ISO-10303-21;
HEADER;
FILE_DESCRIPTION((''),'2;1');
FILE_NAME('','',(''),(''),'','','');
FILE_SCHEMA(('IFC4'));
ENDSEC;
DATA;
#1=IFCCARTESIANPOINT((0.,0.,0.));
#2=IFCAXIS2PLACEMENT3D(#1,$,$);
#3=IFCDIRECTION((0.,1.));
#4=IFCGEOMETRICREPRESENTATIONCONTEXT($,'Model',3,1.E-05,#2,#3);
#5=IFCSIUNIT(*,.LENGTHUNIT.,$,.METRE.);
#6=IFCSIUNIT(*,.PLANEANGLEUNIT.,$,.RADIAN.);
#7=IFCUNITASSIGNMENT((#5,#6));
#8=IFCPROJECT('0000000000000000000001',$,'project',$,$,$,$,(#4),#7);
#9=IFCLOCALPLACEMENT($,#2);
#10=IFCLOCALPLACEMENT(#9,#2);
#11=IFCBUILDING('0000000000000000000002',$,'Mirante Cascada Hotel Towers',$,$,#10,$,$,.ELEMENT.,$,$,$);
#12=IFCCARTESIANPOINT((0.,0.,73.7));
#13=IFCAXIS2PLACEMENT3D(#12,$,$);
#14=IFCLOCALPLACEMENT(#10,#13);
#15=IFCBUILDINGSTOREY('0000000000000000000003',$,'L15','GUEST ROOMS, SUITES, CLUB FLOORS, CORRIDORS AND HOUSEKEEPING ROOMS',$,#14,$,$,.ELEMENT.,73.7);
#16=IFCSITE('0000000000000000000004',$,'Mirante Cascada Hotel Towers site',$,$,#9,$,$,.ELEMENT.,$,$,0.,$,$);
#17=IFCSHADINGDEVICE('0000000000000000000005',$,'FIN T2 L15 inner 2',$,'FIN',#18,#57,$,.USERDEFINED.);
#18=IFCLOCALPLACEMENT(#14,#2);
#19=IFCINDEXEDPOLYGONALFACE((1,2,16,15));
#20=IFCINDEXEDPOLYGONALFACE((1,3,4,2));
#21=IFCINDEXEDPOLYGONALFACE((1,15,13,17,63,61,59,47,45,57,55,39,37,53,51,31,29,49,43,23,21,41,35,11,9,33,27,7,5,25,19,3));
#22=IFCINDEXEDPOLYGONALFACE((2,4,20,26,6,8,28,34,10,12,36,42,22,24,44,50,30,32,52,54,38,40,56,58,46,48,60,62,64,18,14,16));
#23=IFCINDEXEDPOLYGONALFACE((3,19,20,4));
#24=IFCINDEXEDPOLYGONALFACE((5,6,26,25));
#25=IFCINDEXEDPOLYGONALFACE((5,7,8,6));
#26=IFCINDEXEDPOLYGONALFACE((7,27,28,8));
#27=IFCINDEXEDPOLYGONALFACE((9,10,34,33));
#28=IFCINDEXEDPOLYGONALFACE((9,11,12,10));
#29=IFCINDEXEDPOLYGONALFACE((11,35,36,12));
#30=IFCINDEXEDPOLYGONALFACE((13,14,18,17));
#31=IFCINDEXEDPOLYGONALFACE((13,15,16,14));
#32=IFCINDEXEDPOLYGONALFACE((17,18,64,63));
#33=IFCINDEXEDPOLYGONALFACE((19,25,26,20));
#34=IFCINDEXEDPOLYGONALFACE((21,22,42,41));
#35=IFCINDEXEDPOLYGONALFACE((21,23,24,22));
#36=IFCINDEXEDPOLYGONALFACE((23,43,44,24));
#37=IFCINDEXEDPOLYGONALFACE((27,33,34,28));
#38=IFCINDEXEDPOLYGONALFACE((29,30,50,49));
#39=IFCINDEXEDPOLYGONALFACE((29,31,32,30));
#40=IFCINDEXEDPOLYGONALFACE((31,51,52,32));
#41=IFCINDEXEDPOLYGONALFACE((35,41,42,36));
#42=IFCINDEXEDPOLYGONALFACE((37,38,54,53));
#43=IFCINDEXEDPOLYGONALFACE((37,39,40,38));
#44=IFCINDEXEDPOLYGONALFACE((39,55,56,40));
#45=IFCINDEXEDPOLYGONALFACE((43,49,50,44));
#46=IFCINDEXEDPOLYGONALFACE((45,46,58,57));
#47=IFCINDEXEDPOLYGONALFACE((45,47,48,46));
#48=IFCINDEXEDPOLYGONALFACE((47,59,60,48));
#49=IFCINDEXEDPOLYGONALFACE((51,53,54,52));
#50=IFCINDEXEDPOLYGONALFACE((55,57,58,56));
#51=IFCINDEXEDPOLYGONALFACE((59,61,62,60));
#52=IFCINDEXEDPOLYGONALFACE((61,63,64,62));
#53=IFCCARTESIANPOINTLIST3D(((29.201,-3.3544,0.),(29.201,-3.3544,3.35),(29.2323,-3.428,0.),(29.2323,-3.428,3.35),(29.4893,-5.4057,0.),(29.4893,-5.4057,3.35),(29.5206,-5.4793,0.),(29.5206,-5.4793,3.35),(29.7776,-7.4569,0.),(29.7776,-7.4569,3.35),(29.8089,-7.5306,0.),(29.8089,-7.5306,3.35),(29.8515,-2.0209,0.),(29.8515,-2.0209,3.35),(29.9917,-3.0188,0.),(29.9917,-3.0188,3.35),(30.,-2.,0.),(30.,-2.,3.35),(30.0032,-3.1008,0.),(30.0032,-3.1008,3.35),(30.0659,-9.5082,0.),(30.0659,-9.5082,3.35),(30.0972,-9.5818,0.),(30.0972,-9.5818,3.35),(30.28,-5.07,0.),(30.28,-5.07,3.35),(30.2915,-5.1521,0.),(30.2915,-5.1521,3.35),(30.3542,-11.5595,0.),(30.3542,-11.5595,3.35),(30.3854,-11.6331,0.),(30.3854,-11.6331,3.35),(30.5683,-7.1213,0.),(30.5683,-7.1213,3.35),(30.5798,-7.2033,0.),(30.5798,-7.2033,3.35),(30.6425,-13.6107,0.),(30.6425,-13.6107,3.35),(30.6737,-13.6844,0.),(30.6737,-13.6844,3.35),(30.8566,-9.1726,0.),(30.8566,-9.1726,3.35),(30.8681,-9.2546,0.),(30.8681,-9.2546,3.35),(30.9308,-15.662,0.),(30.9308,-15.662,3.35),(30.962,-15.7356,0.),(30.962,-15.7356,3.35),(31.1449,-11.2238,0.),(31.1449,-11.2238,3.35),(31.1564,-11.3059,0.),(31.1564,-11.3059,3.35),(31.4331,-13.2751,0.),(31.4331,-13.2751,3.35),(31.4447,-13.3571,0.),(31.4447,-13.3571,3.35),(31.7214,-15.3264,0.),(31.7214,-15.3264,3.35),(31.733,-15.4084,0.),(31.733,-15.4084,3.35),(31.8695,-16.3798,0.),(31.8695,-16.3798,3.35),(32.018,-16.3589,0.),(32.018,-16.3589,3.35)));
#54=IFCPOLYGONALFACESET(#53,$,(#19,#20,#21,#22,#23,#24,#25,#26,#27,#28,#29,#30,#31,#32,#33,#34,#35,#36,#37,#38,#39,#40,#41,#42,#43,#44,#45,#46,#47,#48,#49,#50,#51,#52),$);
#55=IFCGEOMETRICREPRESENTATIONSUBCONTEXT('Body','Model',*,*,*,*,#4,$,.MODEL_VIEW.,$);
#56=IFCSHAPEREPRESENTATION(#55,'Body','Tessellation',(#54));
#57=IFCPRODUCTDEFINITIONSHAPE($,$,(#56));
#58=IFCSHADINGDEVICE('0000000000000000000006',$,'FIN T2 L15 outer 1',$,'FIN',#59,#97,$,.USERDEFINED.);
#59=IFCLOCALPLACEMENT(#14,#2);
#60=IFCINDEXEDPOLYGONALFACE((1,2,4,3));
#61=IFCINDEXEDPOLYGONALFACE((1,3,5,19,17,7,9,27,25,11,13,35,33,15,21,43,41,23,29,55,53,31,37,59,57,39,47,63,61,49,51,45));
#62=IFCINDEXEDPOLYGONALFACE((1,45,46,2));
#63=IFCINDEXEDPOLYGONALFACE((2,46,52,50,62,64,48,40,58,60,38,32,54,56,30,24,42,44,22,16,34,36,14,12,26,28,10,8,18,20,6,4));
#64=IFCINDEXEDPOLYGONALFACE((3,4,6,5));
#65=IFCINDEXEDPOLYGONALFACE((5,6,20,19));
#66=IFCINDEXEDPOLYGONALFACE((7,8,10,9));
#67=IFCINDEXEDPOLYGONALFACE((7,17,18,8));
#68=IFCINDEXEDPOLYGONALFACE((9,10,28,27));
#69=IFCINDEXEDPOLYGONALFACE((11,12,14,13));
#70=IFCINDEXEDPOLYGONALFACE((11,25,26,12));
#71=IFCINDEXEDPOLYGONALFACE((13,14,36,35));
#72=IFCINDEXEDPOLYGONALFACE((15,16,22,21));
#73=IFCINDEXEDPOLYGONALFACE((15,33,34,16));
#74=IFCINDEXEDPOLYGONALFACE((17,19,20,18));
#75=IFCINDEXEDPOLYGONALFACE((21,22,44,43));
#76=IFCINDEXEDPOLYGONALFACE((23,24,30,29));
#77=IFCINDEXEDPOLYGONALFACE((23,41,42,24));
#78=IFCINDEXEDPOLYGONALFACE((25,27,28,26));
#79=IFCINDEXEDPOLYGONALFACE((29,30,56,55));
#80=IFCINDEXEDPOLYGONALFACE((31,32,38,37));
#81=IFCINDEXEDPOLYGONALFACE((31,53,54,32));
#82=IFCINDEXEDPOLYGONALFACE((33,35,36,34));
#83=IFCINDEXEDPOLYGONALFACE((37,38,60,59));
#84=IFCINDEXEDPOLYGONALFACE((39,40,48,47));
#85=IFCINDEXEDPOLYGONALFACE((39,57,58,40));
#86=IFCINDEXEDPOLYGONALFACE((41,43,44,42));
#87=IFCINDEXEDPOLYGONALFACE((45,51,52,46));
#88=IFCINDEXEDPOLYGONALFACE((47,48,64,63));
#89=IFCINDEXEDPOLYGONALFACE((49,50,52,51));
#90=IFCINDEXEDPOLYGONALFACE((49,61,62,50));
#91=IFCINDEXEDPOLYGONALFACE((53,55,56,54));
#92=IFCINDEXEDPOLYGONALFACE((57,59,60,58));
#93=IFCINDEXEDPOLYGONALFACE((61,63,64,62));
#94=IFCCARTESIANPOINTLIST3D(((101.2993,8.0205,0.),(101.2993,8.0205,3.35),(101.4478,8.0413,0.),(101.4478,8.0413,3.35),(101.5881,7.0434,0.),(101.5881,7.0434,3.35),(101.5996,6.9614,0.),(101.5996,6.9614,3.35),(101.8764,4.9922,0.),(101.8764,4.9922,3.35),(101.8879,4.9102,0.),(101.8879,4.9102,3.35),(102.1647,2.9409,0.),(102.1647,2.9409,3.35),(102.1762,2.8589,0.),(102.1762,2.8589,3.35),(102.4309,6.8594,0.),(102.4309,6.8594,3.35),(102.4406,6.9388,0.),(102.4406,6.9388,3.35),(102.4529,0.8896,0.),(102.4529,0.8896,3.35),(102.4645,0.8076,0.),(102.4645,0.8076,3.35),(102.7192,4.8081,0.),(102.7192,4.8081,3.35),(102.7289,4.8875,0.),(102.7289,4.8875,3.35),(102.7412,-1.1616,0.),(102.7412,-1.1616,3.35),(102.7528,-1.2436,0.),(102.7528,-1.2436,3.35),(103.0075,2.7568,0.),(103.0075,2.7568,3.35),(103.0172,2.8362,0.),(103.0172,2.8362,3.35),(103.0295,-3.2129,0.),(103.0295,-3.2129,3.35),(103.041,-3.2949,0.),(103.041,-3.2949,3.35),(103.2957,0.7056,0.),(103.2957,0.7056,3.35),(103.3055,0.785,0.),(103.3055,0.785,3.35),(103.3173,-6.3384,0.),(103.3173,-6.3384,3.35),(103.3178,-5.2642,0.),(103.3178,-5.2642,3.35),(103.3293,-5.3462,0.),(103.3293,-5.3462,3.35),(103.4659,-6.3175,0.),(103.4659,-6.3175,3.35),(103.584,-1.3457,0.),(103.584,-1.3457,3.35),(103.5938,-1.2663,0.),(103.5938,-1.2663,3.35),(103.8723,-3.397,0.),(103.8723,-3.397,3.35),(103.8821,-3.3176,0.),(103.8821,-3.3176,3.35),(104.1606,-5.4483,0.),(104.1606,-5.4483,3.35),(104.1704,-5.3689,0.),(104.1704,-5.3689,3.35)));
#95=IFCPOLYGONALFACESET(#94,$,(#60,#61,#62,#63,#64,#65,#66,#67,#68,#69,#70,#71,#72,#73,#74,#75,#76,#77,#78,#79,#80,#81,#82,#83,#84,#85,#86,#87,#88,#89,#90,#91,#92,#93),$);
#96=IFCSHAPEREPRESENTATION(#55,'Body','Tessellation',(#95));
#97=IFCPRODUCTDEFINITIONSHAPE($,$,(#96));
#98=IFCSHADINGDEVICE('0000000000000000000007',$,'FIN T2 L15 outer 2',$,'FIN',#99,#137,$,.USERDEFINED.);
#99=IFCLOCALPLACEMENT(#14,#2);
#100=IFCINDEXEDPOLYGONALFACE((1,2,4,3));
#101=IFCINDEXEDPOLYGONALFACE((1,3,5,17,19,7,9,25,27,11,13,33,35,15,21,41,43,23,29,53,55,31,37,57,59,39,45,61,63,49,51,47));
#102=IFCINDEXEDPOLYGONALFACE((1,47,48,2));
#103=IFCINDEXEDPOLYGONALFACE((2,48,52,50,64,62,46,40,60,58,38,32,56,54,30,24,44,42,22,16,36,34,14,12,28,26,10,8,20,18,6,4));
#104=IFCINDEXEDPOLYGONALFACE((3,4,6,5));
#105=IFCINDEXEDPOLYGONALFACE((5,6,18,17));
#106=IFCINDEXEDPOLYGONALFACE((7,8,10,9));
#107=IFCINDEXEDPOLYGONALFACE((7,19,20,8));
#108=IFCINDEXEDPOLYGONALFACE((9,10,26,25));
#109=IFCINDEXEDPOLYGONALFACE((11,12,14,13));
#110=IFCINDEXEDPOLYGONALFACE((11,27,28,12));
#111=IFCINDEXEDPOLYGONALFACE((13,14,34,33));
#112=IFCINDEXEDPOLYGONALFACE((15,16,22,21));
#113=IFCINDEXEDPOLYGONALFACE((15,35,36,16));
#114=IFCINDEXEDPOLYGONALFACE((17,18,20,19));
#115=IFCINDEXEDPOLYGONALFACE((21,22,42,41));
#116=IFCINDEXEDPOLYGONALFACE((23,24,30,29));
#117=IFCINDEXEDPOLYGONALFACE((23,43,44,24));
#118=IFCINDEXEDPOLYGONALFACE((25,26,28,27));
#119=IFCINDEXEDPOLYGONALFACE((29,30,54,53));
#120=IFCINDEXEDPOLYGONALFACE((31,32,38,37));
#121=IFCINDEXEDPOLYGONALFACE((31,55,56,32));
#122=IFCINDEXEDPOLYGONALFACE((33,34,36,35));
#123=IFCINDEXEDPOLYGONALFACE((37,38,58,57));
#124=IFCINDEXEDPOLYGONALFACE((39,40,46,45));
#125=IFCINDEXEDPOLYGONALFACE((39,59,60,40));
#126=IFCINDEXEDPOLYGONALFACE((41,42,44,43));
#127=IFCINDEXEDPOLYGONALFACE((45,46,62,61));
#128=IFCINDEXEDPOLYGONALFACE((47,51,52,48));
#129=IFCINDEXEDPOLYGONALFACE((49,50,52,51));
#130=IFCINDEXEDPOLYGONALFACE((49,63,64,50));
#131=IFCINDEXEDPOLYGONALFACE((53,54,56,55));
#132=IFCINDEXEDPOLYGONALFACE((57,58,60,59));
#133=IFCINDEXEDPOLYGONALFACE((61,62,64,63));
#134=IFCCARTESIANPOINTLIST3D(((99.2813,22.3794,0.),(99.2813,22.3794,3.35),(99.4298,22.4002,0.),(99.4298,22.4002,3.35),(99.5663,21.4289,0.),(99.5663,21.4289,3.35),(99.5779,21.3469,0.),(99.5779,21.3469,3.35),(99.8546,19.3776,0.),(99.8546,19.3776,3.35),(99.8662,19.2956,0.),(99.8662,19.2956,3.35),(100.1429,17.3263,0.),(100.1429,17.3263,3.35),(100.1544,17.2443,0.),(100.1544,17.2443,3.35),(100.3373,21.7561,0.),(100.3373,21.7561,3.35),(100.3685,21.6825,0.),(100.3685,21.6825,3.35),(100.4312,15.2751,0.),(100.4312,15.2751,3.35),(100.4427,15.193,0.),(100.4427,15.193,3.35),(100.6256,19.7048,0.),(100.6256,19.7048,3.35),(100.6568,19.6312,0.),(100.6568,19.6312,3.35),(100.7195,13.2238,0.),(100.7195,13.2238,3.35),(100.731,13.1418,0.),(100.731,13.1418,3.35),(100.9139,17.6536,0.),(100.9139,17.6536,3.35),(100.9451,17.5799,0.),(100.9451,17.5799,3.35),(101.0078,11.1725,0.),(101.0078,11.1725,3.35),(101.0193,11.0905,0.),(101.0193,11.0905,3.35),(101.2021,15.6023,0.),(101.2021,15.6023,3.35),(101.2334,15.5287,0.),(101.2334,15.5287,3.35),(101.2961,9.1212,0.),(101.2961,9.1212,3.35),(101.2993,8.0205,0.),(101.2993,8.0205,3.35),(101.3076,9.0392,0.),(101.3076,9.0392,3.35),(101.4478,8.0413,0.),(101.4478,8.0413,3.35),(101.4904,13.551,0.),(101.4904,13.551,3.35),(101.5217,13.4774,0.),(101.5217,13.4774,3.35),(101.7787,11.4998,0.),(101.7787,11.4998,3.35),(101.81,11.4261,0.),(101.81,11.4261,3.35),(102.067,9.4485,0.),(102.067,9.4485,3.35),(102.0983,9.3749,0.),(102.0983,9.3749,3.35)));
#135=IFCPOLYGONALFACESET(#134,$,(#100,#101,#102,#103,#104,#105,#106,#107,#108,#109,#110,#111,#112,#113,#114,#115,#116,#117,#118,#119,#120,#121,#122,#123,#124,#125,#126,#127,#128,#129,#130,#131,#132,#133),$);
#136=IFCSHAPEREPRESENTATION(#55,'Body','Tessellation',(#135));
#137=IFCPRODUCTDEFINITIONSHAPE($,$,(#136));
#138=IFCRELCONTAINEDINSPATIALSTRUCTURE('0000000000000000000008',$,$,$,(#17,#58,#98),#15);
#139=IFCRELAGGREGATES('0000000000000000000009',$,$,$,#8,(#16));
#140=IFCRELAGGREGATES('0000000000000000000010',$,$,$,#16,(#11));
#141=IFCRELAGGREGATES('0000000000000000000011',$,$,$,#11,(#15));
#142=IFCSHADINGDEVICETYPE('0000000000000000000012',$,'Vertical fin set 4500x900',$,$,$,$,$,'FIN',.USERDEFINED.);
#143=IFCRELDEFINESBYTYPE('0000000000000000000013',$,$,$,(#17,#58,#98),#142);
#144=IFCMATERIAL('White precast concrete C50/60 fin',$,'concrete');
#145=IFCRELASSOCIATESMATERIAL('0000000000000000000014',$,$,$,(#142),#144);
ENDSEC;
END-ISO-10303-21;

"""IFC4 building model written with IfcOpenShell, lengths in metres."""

from ifc_helpers import new_model, si_unit, direction, frame, origin, place, context, subcontext, project, spatial, polyline, outline, extrude, material, type_object, element, save


model = new_model("IFC4")

# Units and contexts
model_context = context("Model", 3, precision=1e-05, world=origin(), true_north=direction((0.0, 1.0)))
body_context = subcontext(model_context, "Body", "Model", "MODEL_VIEW")
ifc_project = project(units=[si_unit("LENGTHUNIT", "METRE"), si_unit("PLANEANGLEUNIT", "RADIAN")], contexts=[model_context])

# Site, building, storey
site_placement = place(None, origin())
site = spatial("IfcSite", under=ifc_project, at=site_placement, Name="Mirante Cascada Hotel Towers site", CompositionType="ELEMENT", RefElevation=0.0)
building_placement = place(site_placement, origin())
building = spatial("IfcBuilding", under=site, at=building_placement, Name="Mirante Cascada Hotel Towers", CompositionType="ELEMENT")
storey_placement = place(building_placement, frame((0.0, 0.0, 73.7)))
storey = spatial("IfcBuildingStorey", under=building, at=storey_placement, Name="L15", Description="GUEST ROOMS, SUITES, CLUB FLOORS, CORRIDORS AND HOUSEKEEPING ROOMS", CompositionType="ELEMENT", Elevation=73.7)

# Shading devices
ifc_material_1 = material(Name="White precast concrete C50/60 fin", Category="concrete")
shading_device_type = type_object("IfcShadingDeviceType", Name="Vertical fin set 4500x900", ElementType="FIN", PredefinedType="USERDEFINED", material=ifc_material_1)
shading_device_1_placement = place(storey_placement, origin())
element("IfcShadingDevice", 1, at=shading_device_1_placement, inside=storey, type_object=shading_device_type, Name="FIN T2 L15 inner 2", ObjectType="FIN", PredefinedType="USERDEFINED", context=body_context, shape_type="SweptSolid", body=[
    extrude(outline(polyline([(30.9308, -15.662), (31.7214, -15.3264), (31.4447, -13.3571), (30.6737, -13.6844), (30.6425, -13.6107), (31.4331, -13.2751), (31.1564, -11.3059), (30.3854, -11.6331), (30.3542, -11.5595), (31.1449, -11.2238), (30.8681, -9.2546), (30.0972, -9.5818), (30.0659, -9.5082), (30.8566, -9.1726), (30.5798, -7.2033), (29.8089, -7.5306), (29.7776, -7.4569), (30.5683, -7.1213), (30.2915, -5.1521), (29.5206, -5.4793), (29.4893, -5.4057), (30.28, -5.07), (30.0032, -3.1008), (29.2323, -3.428), (29.201, -3.3544), (29.9917, -3.0188), (29.8515, -2.0209), (30.0, -2.0), (32.018, -16.3589), (31.8695, -16.3798), (31.733, -15.4084), (30.962, -15.7356), (30.9308, -15.662)])), origin(), (0.0, 0.0, 1.0), 3.35),
])
shading_device_2_placement = place(storey_placement, origin())
element("IfcShadingDevice", 2, at=shading_device_2_placement, inside=storey, type_object=shading_device_type, Name="FIN T2 L15 outer 1", ObjectType="FIN", PredefinedType="USERDEFINED", context=body_context, shape_type="SweptSolid", body=[
    extrude(outline(polyline([(104.1606, -5.4483), (103.3293, -5.3462), (103.4659, -6.3175), (103.3173, -6.3384), (101.2993, 8.0205), (101.4478, 8.0413), (101.5881, 7.0434), (102.4406, 6.9388), (102.4309, 6.8594), (101.5996, 6.9614), (101.8764, 4.9922), (102.7289, 4.8875), (102.7192, 4.8081), (101.8879, 4.9102), (102.1647, 2.9409), (103.0172, 2.8362), (103.0075, 2.7568), (102.1762, 2.8589), (102.4529, 0.8896), (103.3055, 0.785), (103.2957, 0.7056), (102.4645, 0.8076), (102.7412, -1.1616), (103.5938, -1.2663), (103.584, -1.3457), (102.7528, -1.2436), (103.0295, -3.2129), (103.8821, -3.3176), (103.8723, -3.397), (103.041, -3.2949), (103.3178, -5.2642), (104.1704, -5.3689), (104.1606, -5.4483)])), origin(), (0.0, 0.0, 1.0), 3.35),
])
shading_device_3_placement = place(storey_placement, origin())
element("IfcShadingDevice", 3, at=shading_device_3_placement, inside=storey, type_object=shading_device_type, Name="FIN T2 L15 outer 2", ObjectType="FIN", PredefinedType="USERDEFINED", context=body_context, shape_type="SweptSolid", body=[
    extrude(outline(polyline([(102.0983, 9.3749), (101.3076, 9.0392), (101.4478, 8.0413), (101.2993, 8.0205), (99.2813, 22.3794), (99.4298, 22.4002), (99.5663, 21.4289), (100.3373, 21.7561), (100.3685, 21.6825), (99.5779, 21.3469), (99.8546, 19.3776), (100.6256, 19.7048), (100.6568, 19.6312), (99.8662, 19.2956), (100.1429, 17.3263), (100.9139, 17.6536), (100.9451, 17.5799), (100.1544, 17.2443), (100.4312, 15.2751), (101.2021, 15.6023), (101.2334, 15.5287), (100.4427, 15.193), (100.7195, 13.2238), (101.4904, 13.551), (101.5217, 13.4774), (100.731, 13.1418), (101.0078, 11.1725), (101.7787, 11.4998), (101.81, 11.4261), (101.0193, 11.0905), (101.2961, 9.1212), (102.067, 9.4485), (102.0983, 9.3749)])), origin(), (0.0, 0.0, 1.0), 3.35),
])

save(model, "model.ifc")
